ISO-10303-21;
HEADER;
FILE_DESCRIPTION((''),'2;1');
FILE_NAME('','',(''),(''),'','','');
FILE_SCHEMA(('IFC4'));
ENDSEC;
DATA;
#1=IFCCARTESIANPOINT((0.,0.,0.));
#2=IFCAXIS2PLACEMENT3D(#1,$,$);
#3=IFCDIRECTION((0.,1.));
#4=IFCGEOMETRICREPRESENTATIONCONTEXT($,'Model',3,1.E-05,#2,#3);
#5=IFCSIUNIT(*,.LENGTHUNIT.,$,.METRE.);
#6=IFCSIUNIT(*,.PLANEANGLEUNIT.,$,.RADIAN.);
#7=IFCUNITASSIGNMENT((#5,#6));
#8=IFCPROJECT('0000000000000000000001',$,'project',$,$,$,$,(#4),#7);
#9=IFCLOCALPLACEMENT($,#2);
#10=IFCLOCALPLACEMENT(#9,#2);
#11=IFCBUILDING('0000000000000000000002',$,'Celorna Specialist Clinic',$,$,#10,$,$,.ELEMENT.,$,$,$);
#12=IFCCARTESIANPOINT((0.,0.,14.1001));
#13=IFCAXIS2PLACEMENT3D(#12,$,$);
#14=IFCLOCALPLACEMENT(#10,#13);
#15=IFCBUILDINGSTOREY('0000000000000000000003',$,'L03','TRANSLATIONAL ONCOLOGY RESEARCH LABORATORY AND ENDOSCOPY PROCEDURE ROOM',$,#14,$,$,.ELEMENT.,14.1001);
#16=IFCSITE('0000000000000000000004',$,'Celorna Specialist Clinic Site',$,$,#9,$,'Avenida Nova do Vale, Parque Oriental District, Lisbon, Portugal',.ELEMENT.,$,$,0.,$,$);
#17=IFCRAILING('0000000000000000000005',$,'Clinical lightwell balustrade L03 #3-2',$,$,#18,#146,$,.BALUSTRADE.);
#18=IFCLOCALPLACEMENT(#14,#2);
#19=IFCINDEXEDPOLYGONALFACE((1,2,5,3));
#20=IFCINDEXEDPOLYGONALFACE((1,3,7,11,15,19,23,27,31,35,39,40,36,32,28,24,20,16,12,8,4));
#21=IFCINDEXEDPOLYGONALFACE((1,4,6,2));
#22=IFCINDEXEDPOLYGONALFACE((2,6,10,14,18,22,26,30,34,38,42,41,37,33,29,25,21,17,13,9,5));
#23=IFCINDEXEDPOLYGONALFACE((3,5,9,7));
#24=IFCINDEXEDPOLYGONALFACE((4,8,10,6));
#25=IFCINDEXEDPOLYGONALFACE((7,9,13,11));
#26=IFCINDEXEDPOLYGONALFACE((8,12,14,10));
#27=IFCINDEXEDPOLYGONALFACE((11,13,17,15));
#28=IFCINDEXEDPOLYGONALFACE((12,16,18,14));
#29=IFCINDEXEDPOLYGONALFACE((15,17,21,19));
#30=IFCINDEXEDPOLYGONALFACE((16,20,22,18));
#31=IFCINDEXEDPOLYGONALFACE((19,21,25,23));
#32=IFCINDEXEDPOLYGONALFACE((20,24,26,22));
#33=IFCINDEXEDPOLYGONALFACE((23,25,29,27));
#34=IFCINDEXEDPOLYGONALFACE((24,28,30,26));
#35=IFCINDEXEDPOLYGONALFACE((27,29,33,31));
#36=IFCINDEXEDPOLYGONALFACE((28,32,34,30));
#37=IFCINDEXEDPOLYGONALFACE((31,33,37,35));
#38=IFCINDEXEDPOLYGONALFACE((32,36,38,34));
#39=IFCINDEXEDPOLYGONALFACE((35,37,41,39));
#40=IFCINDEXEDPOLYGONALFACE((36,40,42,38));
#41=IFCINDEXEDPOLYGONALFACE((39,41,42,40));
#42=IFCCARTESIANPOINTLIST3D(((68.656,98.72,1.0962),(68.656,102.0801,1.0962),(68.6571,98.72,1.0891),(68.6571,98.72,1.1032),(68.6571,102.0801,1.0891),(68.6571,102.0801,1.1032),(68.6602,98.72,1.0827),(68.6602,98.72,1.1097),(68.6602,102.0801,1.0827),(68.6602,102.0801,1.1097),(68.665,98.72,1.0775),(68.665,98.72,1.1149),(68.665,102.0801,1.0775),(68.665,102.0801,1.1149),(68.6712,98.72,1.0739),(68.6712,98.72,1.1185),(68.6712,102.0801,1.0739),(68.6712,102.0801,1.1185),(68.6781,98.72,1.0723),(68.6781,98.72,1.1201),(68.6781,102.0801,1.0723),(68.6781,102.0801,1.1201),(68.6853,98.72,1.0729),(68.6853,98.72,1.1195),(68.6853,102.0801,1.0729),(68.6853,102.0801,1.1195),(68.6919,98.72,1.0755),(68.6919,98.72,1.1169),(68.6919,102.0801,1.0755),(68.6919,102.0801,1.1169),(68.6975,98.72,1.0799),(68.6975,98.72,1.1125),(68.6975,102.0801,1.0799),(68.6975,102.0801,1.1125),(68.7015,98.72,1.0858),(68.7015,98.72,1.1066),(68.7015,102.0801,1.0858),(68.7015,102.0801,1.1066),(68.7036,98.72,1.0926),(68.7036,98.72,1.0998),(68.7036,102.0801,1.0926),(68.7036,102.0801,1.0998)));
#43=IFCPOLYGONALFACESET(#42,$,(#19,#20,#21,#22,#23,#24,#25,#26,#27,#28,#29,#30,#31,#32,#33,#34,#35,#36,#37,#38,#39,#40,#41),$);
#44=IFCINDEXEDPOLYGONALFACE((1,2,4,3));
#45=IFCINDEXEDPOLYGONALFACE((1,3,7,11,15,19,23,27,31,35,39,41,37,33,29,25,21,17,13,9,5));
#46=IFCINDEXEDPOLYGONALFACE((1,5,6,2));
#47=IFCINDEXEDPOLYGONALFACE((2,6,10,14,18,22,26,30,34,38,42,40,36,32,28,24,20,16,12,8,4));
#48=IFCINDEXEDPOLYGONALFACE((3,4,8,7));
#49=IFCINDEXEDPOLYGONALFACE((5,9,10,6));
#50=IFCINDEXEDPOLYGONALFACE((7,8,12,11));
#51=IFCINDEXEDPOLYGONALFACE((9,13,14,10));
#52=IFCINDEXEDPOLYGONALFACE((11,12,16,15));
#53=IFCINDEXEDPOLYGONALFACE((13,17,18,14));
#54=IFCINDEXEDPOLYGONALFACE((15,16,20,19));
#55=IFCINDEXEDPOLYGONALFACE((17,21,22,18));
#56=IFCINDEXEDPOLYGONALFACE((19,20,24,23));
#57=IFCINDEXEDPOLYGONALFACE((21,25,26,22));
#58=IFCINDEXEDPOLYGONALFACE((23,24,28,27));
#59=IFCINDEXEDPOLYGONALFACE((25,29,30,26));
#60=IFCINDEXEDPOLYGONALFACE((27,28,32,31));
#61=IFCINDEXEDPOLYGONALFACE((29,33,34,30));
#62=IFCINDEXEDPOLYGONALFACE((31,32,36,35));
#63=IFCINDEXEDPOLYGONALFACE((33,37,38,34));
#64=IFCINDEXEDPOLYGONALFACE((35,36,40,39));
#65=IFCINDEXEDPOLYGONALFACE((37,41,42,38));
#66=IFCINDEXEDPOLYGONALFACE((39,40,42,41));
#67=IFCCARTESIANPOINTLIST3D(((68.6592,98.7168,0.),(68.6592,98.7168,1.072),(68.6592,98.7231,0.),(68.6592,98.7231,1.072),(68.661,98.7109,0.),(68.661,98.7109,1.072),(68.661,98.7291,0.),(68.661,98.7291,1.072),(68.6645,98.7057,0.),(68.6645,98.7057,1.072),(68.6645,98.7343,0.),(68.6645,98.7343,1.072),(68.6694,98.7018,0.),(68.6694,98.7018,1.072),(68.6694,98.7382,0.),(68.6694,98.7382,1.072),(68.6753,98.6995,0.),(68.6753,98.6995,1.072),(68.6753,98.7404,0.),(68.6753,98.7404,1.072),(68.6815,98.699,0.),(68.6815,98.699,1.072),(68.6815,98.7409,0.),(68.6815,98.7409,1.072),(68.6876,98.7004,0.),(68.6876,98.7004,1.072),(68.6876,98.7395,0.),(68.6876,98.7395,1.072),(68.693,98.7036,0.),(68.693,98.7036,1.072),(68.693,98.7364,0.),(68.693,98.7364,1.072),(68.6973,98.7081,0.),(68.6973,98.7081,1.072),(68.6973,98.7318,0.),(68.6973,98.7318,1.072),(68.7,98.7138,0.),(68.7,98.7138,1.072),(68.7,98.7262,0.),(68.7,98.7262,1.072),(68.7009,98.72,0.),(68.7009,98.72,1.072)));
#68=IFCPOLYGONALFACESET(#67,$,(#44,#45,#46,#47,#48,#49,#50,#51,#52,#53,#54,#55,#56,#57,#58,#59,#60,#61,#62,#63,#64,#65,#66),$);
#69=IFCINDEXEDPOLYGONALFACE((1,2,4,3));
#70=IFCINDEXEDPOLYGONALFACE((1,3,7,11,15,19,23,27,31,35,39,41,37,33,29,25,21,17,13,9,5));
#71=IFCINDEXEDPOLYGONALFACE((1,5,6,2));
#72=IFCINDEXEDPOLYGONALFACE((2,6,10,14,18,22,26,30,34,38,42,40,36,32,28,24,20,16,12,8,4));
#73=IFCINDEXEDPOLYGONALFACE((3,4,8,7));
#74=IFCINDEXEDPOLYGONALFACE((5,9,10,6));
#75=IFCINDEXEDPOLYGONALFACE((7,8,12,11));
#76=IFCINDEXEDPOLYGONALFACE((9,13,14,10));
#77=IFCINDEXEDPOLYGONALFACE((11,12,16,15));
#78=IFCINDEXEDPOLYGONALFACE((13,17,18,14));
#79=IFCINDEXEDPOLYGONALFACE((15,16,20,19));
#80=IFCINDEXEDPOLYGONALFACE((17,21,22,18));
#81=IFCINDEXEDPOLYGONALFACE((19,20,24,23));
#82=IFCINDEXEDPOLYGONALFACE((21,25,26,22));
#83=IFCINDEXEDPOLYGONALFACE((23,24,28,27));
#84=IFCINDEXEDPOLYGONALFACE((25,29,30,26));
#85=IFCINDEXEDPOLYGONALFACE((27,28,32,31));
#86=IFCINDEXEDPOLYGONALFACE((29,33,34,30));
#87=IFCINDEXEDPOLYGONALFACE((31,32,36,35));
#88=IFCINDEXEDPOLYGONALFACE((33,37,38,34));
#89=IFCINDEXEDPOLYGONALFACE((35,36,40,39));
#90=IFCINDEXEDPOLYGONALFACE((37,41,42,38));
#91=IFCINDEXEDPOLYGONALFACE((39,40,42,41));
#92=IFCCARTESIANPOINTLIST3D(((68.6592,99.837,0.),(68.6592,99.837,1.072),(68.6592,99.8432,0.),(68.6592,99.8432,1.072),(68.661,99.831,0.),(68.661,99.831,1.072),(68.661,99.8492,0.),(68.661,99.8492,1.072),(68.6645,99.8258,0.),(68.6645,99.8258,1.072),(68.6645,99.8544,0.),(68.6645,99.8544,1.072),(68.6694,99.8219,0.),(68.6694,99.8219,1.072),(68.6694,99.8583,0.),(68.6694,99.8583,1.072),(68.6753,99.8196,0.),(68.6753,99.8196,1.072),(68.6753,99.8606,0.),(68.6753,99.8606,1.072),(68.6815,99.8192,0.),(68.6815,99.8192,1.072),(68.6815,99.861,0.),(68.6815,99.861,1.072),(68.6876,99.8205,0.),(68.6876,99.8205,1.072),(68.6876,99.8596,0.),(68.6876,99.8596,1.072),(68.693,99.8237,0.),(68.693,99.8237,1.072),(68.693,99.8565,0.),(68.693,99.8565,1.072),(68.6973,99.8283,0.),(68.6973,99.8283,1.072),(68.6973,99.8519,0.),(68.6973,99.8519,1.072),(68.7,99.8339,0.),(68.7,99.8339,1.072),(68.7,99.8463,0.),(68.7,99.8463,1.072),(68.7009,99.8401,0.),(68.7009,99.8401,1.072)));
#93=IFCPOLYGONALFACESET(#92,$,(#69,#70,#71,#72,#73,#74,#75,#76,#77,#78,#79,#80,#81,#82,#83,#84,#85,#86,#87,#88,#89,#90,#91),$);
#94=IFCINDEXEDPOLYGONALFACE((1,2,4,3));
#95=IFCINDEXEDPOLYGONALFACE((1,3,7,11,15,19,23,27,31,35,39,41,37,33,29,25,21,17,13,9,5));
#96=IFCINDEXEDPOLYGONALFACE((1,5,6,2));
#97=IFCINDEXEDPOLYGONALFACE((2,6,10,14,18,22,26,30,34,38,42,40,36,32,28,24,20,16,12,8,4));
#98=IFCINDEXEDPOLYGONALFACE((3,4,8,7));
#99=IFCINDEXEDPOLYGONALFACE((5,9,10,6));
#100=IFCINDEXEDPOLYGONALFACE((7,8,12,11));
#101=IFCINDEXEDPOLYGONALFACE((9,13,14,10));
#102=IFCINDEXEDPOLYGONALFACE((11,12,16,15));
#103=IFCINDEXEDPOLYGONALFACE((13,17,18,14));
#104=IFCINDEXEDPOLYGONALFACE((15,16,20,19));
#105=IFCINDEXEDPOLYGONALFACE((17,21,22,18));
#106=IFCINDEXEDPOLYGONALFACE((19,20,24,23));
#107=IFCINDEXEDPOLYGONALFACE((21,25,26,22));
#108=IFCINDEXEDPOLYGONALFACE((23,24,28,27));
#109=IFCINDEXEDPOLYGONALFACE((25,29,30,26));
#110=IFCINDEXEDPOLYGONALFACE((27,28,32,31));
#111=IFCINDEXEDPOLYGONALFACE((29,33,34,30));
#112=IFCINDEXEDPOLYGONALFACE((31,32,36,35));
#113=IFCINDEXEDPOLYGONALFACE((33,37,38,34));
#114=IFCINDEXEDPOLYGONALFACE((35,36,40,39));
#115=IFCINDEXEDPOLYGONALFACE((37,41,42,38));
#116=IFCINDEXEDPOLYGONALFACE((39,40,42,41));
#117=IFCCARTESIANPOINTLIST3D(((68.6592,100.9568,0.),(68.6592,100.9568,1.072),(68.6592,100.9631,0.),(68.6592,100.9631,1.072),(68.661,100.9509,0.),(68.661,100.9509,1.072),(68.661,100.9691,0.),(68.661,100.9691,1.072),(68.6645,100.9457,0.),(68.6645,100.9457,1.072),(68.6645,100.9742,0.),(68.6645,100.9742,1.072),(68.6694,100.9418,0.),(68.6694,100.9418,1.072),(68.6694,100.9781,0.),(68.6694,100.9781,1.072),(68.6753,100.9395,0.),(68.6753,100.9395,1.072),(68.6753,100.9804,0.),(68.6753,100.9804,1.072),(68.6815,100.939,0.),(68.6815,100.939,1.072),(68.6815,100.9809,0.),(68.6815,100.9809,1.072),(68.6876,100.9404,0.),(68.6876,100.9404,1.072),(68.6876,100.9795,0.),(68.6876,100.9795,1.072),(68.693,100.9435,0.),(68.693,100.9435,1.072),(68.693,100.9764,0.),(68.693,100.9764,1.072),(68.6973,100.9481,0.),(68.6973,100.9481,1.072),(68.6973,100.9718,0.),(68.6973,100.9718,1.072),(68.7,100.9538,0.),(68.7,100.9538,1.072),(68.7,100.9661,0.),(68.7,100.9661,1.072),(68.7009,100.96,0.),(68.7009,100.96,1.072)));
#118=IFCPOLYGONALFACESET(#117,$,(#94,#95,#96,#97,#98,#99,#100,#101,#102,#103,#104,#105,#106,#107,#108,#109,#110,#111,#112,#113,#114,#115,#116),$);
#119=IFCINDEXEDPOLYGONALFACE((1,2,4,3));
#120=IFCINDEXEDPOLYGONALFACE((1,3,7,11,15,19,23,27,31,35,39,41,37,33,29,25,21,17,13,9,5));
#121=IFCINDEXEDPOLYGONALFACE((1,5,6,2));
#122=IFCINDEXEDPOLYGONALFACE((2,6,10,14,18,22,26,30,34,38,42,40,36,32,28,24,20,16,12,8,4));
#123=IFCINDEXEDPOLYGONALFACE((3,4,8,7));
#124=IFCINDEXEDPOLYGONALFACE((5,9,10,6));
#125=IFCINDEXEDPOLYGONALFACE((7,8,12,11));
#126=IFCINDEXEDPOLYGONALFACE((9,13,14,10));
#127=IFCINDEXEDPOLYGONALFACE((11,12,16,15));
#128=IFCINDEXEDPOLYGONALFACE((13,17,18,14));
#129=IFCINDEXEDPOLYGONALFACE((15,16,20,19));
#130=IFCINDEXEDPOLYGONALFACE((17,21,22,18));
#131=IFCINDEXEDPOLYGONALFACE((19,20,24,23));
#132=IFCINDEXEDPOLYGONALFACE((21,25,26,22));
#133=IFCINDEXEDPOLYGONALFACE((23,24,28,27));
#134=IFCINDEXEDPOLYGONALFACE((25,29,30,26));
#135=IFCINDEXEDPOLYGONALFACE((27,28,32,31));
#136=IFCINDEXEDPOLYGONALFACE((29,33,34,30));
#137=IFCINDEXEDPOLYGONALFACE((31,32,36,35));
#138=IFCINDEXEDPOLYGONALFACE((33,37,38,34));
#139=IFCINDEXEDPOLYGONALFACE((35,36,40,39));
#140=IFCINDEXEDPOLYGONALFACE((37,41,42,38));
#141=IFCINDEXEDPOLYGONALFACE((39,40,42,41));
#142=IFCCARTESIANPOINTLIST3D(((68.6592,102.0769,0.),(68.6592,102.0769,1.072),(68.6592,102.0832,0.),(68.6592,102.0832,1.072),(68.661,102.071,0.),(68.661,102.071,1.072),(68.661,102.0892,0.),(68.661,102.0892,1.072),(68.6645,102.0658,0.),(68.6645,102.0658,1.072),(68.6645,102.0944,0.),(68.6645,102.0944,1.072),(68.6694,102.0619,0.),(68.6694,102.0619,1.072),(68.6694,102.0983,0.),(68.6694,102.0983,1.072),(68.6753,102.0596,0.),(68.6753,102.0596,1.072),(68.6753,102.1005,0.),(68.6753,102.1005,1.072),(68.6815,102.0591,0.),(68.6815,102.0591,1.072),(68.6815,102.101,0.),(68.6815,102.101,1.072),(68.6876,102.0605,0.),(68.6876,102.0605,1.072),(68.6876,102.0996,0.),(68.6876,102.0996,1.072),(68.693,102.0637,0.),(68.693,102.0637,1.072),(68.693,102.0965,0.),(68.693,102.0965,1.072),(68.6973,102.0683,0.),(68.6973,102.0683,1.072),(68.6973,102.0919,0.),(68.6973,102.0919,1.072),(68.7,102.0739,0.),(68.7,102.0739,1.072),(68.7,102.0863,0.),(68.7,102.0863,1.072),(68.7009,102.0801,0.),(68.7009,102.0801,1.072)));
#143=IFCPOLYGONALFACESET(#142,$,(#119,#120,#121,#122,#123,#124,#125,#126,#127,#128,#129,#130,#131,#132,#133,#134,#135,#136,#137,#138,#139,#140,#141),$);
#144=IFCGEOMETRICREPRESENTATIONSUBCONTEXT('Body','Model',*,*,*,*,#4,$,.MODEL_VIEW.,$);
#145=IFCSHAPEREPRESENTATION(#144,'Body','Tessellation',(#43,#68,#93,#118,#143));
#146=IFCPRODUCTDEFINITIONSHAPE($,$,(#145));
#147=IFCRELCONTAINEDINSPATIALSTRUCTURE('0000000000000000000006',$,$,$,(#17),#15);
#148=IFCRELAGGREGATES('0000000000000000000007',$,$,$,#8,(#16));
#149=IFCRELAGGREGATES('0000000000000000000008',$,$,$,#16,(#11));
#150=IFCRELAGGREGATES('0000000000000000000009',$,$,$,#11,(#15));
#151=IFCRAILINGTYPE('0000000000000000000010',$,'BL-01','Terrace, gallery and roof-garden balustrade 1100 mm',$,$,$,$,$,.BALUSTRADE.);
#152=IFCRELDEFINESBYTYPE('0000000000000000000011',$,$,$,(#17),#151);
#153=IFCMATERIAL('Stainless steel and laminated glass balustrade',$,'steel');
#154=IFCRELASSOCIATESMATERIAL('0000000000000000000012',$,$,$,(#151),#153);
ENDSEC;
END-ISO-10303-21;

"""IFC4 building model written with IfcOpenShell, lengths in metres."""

from ifc_helpers import new_model, si_unit, direction, frame, origin, origin_2d, place, context, subcontext, project, spatial, circle, extrude, material, type_object, element, save


model = new_model("IFC4")

# Units and contexts
model_context = context("Model", 3, precision=1e-05, world=origin(), true_north=direction((0.0, 1.0)))
body_context = subcontext(model_context, "Body", "Model", "MODEL_VIEW")
ifc_project = project(units=[si_unit("LENGTHUNIT", "METRE"), si_unit("PLANEANGLEUNIT", "RADIAN")], contexts=[model_context])

# Site, building, storey
site_placement = place(None, origin())
site = spatial("IfcSite", under=ifc_project, at=site_placement, Name="Celorna Specialist Clinic Site", LongName="Avenida Nova do Vale, Parque Oriental District, Lisbon, Portugal", CompositionType="ELEMENT", RefElevation=0.0)
building_placement = place(site_placement, origin())
building = spatial("IfcBuilding", under=site, at=building_placement, Name="Celorna Specialist Clinic", CompositionType="ELEMENT")
storey_placement = place(building_placement, frame((0.0, 0.0, 14.1001)))
storey = spatial("IfcBuildingStorey", under=building, at=storey_placement, Name="L03", Description="TRANSLATIONAL ONCOLOGY RESEARCH LABORATORY AND ENDOSCOPY PROCEDURE ROOM", CompositionType="ELEMENT", Elevation=14.1001)

# Railing
ifc_material_1 = material(Name="Stainless steel and laminated glass balustrade", Category="steel")
railing_type = type_object("IfcRailingType", Name="BL-01", Description="Terrace, gallery and roof-garden balustrade 1100 mm", PredefinedType="BALUSTRADE", material=ifc_material_1)
railing_1_placement = place(storey_placement, frame((68.6799, 98.72, 0.0)))
element("IfcRailing", 1, at=railing_1_placement, inside=storey, type_object=railing_type, Name="Clinical lightwell balustrade L03 #3-2", PredefinedType="BALUSTRADE", context=body_context, shape_type="SweptSolid", body=[
    extrude(circle(Radius=0.0239, at=origin_2d()), frame((0.0, 0.0, 1.0962), z_axis=(0.0, 1.0, 0.0), x_axis=(-1.0, 0.0, 0.0)), (0.0, 0.0, 1.0), 3.3601),
    extrude(circle(Radius=0.021, at=origin_2d()), origin(), (0.0, 0.0, 1.0), 1.072),
    extrude(circle(Radius=0.021, at=origin_2d()), frame((0.0, 1.1201, 0.0)), (0.0, 0.0, 1.0), 1.072),
    extrude(circle(Radius=0.021, at=origin_2d()), frame((0.0, 2.24, 0.0)), (0.0, 0.0, 1.0), 1.072),
    extrude(circle(Radius=0.021, at=origin_2d()), frame((0.0, 3.3601, 0.0)), (0.0, 0.0, 1.0), 1.072),
])

save(model, "model.ifc")
